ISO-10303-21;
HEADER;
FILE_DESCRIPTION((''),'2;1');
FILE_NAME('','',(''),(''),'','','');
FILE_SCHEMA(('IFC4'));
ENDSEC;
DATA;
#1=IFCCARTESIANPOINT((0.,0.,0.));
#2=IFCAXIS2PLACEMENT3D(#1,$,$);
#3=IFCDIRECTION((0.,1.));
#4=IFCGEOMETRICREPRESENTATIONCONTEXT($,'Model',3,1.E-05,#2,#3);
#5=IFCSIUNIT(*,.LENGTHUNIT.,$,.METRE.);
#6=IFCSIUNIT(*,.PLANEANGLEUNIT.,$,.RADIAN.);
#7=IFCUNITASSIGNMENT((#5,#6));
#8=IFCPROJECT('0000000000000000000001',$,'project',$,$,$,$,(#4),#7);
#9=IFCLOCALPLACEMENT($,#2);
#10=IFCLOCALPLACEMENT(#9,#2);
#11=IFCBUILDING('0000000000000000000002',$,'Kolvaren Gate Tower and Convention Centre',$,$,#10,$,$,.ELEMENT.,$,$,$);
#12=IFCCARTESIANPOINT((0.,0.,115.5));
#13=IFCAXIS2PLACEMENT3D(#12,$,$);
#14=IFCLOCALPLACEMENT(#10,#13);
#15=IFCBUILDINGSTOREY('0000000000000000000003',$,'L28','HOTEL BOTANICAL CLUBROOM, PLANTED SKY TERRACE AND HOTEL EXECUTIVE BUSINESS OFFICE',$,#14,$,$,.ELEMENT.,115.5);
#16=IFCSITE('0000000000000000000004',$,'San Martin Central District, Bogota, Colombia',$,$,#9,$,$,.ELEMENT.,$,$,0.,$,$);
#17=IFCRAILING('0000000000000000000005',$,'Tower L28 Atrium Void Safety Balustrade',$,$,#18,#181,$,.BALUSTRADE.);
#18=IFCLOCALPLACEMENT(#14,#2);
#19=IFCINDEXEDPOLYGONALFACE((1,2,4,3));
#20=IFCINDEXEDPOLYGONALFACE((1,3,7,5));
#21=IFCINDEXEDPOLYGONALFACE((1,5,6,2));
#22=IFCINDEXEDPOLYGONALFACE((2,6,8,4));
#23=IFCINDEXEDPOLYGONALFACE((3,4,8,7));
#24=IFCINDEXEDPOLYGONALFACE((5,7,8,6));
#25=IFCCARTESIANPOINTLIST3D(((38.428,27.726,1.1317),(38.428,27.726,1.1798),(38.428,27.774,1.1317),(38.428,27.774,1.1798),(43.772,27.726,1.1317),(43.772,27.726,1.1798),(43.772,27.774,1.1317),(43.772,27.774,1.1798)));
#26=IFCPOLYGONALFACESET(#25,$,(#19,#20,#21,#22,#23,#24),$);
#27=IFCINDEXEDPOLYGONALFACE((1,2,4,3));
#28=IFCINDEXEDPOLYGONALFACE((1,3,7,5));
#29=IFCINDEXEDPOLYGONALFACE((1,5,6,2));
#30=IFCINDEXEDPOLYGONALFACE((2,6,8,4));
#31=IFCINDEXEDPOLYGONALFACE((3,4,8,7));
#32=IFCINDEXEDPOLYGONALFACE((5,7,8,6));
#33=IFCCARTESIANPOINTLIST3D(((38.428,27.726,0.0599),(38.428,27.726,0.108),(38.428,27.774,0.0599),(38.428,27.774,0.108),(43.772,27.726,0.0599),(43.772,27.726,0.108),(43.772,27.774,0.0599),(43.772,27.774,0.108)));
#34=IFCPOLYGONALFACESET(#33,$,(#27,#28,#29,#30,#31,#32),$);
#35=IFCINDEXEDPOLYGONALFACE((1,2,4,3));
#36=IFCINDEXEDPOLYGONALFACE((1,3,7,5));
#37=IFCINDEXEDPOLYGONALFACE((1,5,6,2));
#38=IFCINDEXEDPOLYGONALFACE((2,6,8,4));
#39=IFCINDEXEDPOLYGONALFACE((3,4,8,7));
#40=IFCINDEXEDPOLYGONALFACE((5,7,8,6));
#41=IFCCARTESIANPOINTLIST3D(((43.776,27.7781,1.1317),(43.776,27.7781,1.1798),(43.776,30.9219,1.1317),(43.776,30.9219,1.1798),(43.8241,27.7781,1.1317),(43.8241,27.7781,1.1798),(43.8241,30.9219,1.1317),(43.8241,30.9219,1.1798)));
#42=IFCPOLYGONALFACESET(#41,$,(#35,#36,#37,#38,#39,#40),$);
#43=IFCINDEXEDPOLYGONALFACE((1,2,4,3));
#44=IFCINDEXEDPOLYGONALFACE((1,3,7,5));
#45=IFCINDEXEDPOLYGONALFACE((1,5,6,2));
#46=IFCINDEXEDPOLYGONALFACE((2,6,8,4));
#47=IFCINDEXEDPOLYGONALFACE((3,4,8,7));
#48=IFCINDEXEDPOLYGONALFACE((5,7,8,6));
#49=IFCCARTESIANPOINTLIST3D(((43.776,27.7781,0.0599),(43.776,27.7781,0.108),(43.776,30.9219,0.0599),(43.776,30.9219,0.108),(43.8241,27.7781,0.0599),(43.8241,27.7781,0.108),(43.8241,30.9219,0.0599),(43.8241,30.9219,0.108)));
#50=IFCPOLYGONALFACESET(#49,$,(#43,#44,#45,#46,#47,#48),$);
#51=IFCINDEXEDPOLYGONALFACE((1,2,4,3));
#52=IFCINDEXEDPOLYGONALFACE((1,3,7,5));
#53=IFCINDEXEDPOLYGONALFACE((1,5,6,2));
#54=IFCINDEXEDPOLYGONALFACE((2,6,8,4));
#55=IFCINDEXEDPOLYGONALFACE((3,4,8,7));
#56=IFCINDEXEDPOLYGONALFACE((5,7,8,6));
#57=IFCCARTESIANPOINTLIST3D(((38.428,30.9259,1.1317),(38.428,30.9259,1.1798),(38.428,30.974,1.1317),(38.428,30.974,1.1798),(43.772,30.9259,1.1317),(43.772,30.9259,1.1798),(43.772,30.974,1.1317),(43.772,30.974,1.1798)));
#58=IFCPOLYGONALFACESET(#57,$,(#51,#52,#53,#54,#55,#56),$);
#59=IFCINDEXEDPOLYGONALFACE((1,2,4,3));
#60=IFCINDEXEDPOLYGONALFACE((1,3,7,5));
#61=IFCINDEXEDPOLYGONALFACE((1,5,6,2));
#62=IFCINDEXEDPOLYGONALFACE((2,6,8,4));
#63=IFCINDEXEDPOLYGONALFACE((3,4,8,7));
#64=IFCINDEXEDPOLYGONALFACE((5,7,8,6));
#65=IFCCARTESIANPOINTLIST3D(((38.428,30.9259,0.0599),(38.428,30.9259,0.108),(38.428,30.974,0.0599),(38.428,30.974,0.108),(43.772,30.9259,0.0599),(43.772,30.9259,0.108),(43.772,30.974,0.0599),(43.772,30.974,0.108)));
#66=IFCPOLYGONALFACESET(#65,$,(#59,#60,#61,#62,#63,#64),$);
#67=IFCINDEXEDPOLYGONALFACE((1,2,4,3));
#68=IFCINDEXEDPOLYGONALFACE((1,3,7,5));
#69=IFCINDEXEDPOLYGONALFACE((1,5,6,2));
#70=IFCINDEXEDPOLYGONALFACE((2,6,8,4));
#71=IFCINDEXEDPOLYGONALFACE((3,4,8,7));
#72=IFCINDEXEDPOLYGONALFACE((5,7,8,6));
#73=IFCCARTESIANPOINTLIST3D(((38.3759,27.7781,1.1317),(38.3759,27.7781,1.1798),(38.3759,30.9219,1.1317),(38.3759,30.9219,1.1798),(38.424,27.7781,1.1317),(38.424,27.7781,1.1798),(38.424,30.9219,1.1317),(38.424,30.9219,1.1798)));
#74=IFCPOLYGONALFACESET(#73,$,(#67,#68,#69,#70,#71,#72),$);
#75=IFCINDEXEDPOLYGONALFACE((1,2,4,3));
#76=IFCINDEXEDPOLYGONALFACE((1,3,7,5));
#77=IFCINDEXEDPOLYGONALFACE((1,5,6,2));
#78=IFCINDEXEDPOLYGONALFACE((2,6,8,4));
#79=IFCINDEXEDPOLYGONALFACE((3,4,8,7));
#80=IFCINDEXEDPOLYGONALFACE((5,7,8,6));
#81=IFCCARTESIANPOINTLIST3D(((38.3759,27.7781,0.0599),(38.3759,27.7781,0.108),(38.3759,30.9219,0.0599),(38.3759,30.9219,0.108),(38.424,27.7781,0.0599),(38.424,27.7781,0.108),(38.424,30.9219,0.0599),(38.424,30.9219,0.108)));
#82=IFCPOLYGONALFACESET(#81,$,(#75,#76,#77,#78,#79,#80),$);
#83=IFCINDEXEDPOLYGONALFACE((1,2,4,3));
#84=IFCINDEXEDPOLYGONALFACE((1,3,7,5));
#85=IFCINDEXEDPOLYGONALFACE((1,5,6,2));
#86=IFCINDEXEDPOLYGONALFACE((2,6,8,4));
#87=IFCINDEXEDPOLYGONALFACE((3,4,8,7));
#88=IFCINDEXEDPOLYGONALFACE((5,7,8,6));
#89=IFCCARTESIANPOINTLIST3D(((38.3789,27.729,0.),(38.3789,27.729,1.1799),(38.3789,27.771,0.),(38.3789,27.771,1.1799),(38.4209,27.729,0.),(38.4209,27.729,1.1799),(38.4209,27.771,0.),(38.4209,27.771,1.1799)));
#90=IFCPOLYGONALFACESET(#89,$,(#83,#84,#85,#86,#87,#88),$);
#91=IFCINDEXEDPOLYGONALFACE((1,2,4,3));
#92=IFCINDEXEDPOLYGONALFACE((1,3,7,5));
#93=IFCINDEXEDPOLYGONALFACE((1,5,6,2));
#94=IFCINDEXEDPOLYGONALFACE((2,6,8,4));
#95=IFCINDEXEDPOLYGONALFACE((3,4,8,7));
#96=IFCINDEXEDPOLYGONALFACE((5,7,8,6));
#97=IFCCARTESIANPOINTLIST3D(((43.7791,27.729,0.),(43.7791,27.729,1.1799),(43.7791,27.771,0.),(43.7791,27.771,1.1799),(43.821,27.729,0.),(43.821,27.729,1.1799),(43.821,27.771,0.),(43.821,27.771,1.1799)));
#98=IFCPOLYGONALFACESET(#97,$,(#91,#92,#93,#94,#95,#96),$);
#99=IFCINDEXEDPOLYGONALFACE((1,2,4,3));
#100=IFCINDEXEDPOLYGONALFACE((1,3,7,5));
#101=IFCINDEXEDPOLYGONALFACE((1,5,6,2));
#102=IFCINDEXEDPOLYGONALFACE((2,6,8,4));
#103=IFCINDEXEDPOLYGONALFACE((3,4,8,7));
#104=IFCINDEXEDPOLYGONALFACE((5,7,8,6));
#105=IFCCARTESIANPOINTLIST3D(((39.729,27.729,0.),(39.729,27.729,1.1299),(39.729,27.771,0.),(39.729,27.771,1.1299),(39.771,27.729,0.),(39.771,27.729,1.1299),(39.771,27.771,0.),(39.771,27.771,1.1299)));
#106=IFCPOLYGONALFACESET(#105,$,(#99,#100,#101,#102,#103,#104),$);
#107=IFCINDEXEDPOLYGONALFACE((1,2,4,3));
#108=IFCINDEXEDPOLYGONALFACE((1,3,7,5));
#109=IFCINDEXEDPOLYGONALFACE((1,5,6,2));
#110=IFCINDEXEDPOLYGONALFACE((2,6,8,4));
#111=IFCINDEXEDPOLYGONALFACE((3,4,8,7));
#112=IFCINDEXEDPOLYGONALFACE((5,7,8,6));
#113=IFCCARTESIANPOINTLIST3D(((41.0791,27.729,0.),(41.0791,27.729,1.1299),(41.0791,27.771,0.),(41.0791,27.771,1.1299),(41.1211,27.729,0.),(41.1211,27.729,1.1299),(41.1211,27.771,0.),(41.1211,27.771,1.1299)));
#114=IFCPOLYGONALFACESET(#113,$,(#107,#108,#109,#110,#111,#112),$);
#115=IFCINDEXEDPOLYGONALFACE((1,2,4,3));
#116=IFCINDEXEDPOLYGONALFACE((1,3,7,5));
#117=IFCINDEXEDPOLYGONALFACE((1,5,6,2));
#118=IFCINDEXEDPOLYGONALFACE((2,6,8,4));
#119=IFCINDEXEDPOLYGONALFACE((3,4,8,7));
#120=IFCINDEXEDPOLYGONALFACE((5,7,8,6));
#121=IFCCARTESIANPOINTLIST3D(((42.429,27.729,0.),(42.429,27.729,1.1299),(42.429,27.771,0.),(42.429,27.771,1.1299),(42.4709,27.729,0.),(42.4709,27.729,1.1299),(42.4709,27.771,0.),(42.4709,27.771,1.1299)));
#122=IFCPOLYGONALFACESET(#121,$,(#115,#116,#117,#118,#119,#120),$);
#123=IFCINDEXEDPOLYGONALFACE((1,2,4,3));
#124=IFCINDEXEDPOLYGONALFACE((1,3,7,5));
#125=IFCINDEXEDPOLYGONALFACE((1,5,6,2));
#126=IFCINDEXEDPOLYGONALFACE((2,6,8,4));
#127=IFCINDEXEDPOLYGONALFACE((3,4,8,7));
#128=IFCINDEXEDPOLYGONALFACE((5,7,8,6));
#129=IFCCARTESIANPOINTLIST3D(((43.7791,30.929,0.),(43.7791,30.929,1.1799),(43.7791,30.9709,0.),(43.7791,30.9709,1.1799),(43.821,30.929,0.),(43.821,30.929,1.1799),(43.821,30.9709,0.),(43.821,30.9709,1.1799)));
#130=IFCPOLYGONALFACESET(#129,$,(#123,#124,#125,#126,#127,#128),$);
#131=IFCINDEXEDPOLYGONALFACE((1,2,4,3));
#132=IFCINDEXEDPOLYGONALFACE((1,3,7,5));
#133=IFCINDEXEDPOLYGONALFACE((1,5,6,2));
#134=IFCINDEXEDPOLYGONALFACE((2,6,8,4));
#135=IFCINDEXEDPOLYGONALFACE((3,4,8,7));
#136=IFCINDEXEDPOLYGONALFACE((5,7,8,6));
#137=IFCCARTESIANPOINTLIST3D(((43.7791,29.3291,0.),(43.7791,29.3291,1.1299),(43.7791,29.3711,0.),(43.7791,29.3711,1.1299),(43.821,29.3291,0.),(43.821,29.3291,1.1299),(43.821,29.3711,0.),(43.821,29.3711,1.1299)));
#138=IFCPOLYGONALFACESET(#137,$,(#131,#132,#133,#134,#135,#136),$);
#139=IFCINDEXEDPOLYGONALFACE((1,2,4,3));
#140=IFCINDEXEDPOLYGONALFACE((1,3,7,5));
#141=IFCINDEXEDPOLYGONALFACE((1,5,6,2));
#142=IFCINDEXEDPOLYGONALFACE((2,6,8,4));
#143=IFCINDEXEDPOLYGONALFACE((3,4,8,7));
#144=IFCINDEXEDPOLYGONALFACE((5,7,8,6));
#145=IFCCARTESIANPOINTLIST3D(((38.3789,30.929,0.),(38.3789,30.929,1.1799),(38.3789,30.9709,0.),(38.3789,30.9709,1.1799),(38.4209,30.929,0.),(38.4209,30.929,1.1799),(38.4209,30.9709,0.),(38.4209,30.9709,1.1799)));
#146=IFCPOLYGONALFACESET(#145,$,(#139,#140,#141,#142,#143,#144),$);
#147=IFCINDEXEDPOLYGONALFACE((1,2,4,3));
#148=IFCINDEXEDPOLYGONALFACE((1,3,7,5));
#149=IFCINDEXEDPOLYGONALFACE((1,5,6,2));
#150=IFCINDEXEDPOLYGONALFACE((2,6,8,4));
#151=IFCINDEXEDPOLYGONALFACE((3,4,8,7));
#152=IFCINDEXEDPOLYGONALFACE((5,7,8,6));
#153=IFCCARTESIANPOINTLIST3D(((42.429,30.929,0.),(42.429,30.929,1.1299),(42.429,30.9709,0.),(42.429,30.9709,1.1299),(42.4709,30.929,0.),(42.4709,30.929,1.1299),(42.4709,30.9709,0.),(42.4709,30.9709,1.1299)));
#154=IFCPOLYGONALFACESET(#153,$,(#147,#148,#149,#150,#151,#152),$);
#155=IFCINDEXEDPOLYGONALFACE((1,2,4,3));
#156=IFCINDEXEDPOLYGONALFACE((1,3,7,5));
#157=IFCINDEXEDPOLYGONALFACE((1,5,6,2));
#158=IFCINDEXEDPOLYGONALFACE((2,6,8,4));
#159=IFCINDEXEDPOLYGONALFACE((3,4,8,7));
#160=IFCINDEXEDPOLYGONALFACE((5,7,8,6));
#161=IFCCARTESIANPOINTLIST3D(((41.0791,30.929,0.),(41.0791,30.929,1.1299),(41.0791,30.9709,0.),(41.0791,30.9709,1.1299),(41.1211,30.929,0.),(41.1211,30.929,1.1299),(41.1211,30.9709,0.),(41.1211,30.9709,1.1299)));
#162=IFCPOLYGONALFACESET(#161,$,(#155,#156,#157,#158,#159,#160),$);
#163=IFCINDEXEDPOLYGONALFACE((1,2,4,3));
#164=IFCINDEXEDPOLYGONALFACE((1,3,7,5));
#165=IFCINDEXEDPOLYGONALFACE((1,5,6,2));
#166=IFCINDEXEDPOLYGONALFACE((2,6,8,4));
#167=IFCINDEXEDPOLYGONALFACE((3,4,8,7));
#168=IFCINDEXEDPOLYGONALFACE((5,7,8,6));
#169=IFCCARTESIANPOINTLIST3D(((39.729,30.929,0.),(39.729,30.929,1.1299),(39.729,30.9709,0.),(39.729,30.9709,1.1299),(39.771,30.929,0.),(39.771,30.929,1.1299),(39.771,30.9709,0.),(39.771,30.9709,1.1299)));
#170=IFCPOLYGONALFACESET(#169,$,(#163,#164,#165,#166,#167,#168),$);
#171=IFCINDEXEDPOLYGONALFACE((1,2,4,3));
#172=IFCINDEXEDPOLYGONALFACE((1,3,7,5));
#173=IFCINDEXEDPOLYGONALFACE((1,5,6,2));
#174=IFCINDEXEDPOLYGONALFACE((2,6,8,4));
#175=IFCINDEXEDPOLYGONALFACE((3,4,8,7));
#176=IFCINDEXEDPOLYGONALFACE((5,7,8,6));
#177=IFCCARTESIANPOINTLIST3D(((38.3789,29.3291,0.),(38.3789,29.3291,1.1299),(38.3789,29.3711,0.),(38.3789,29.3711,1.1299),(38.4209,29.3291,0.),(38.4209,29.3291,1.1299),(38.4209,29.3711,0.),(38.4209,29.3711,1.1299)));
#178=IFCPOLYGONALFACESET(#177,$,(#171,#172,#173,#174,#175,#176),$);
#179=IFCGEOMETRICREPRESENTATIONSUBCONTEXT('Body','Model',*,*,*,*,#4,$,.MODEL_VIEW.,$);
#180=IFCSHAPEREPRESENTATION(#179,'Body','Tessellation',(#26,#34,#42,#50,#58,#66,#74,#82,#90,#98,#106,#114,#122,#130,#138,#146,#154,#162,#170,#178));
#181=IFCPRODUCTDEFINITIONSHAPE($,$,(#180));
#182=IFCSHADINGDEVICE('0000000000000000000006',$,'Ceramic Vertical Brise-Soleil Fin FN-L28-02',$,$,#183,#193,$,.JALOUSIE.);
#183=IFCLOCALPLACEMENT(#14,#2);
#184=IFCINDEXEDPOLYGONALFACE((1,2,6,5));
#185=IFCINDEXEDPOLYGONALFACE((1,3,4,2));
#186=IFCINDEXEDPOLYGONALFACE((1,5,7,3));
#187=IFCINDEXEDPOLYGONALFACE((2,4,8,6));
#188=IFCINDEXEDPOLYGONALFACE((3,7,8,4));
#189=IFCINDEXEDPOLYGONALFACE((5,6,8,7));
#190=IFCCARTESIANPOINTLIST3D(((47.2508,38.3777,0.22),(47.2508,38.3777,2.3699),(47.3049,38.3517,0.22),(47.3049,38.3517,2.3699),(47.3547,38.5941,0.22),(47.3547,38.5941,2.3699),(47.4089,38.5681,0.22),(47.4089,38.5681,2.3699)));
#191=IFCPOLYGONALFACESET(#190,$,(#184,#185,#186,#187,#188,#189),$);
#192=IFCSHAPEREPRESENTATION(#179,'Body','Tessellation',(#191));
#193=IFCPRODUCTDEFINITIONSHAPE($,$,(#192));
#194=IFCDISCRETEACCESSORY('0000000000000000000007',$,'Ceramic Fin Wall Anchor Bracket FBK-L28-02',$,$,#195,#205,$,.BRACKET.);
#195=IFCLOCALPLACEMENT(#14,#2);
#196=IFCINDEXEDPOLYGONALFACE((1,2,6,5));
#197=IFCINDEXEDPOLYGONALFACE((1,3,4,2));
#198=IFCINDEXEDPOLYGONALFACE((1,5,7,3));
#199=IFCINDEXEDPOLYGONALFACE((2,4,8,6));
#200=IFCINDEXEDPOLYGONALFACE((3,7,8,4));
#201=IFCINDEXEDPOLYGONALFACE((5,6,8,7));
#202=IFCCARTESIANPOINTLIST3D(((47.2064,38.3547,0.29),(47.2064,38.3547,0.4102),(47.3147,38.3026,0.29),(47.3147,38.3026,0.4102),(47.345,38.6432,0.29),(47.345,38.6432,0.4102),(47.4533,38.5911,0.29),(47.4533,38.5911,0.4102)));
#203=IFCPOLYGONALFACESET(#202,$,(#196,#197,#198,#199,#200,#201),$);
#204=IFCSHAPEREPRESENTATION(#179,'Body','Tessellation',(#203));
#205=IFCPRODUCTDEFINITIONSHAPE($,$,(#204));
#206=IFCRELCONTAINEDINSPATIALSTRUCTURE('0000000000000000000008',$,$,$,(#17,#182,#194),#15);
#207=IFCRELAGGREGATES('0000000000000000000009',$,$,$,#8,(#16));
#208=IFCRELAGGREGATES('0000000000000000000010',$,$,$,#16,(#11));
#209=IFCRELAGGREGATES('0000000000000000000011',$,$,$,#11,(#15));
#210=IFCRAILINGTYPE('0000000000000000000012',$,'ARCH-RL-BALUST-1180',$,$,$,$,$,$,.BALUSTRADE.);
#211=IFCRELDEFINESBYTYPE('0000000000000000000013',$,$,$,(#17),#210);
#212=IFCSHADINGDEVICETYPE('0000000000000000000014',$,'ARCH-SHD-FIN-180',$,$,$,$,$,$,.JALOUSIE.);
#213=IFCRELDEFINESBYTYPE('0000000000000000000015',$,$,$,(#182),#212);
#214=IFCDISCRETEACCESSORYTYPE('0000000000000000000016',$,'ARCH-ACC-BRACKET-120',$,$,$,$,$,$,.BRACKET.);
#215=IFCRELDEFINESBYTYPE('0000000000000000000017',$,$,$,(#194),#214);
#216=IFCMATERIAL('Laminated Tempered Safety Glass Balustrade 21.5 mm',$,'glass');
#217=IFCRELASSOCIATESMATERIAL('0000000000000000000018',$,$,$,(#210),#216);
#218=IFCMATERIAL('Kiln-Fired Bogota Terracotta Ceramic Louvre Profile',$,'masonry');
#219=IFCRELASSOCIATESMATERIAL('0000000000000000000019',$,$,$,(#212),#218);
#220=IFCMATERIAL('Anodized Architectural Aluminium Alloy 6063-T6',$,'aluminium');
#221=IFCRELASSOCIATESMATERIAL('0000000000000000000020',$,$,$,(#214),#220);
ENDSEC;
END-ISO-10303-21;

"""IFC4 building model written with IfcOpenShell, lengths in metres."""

from ifc_helpers import new_model, si_unit, direction, frame, origin, origin_2d, place, context, subcontext, project, spatial, rectangle, extrude, material, type_object, element, save


model = new_model("IFC4")

# Units and contexts
model_context = context("Model", 3, precision=1e-05, world=origin(), true_north=direction((0.0, 1.0)))
body_context = subcontext(model_context, "Body", "Model", "MODEL_VIEW")
ifc_project = project(units=[si_unit("LENGTHUNIT", "METRE"), si_unit("PLANEANGLEUNIT", "RADIAN")], contexts=[model_context])

# Site, building, storey
site_placement = place(None, origin())
site = spatial("IfcSite", under=ifc_project, at=site_placement, Name="San Martin Central District, Bogota, Colombia", CompositionType="ELEMENT", RefElevation=0.0)
building_placement = place(site_placement, origin())
building = spatial("IfcBuilding", under=site, at=building_placement, Name="Kolvaren Gate Tower and Convention Centre", CompositionType="ELEMENT")
storey_placement = place(building_placement, frame((0.0, 0.0, 115.5)))
storey = spatial("IfcBuildingStorey", under=building, at=storey_placement, Name="L28", Description="HOTEL BOTANICAL CLUBROOM, PLANTED SKY TERRACE AND HOTEL EXECUTIVE BUSINESS OFFICE", CompositionType="ELEMENT", Elevation=115.5)

# Shared definitions
ifc_material_1 = material(Name="Anodized Architectural Aluminium Alloy 6063-T6", Category="aluminium")

# Railing
ifc_material_2 = material(Name="Laminated Tempered Safety Glass Balustrade 21.5 mm", Category="glass")
railing_type_1 = type_object("IfcRailingType", Name="ARCH-RL-BALUST-1180", PredefinedType="BALUSTRADE", material=ifc_material_2)
railing_1_placement = place(storey_placement, frame((38.3999, 27.75, 0.0)))
element("IfcRailing", 1, at=railing_1_placement, inside=storey, type_object=railing_type_1, Name="Tower L28 Atrium Void Safety Balustrade", PredefinedType="BALUSTRADE", context=body_context, shape_type="SweptSolid", body=[
    extrude(rectangle(XDim=0.0481, YDim=0.0481, at=origin_2d()), frame((0.0281, 0.0, 1.1558), z_axis=(1.0, 0.0, 0.0), x_axis=(0.0, 1.0, 0.0)), (0.0, 0.0, 1.0), 5.344),
    extrude(rectangle(XDim=0.0481, YDim=0.0481, at=origin_2d()), frame((0.0281, 0.0, 0.084), z_axis=(1.0, 0.0, 0.0), x_axis=(0.0, 1.0, 0.0)), (0.0, 0.0, 1.0), 5.344),
    extrude(rectangle(XDim=0.0481, YDim=0.0481, at=origin_2d()), frame((5.4001, 0.0281, 1.1558), z_axis=(0.0, 1.0, 0.0), x_axis=(-1.0, 0.0, 0.0)), (0.0, 0.0, 1.0), 3.1438),
    extrude(rectangle(XDim=0.0481, YDim=0.0481, at=origin_2d()), frame((5.4001, 0.0281, 0.084), z_axis=(0.0, 1.0, 0.0), x_axis=(-1.0, 0.0, 0.0)), (0.0, 0.0, 1.0), 3.1438),
    extrude(rectangle(XDim=0.0481, YDim=0.0481, at=origin_2d()), frame((5.3721, 3.2, 1.1558), z_axis=(-1.0, 0.0, 0.0), x_axis=(0.0, -1.0, 0.0)), (0.0, 0.0, 1.0), 5.344),
    extrude(rectangle(XDim=0.0481, YDim=0.0481, at=origin_2d()), frame((5.3721, 3.2, 0.084), z_axis=(-1.0, 0.0, 0.0), x_axis=(0.0, -1.0, 0.0)), (0.0, 0.0, 1.0), 5.344),
    extrude(rectangle(XDim=0.0481, YDim=0.0481, at=origin_2d()), frame((0.0, 3.1719, 1.1558), z_axis=(0.0, -1.0, 0.0), x_axis=(1.0, 0.0, 0.0)), (0.0, 0.0, 1.0), 3.1438),
    extrude(rectangle(XDim=0.0481, YDim=0.0481, at=origin_2d()), frame((0.0, 3.1719, 0.084), z_axis=(0.0, -1.0, 0.0), x_axis=(1.0, 0.0, 0.0)), (0.0, 0.0, 1.0), 3.1438),
    extrude(rectangle(XDim=0.042, YDim=0.042, at=origin_2d()), origin(), (0.0, 0.0, 1.0), 1.1799),
    extrude(rectangle(XDim=0.042, YDim=0.042, at=origin_2d()), frame((5.4001, 0.0, 0.0)), (0.0, 0.0, 1.0), 1.1799),
    extrude(rectangle(XDim=0.042, YDim=0.042, at=origin_2d()), frame((1.3501, 0.0, 0.0)), (0.0, 0.0, 1.0), 1.1299),
    extrude(rectangle(XDim=0.042, YDim=0.042, at=origin_2d()), frame((2.7002, 0.0, 0.0)), (0.0, 0.0, 1.0), 1.1299),
    extrude(rectangle(XDim=0.042, YDim=0.042, at=origin_2d()), frame((4.05, 0.0, 0.0)), (0.0, 0.0, 1.0), 1.1299),
    extrude(rectangle(XDim=0.042, YDim=0.042, at=origin_2d()), frame((5.4001, 3.2, 0.0)), (0.0, 0.0, 1.0), 1.1799),
    extrude(rectangle(XDim=0.042, YDim=0.042, at=origin_2d()), frame((5.4001, 1.6001, 0.0)), (0.0, 0.0, 1.0), 1.1299),
    extrude(rectangle(XDim=0.042, YDim=0.042, at=origin_2d()), frame((0.0, 3.2, 0.0)), (0.0, 0.0, 1.0), 1.1799),
    extrude(rectangle(XDim=0.042, YDim=0.042, at=origin_2d()), frame((4.05, 3.2, 0.0)), (0.0, 0.0, 1.0), 1.1299),
    extrude(rectangle(XDim=0.042, YDim=0.042, at=origin_2d()), frame((2.7002, 3.2, 0.0)), (0.0, 0.0, 1.0), 1.1299),
    extrude(rectangle(XDim=0.042, YDim=0.042, at=origin_2d()), frame((1.3501, 3.2, 0.0)), (0.0, 0.0, 1.0), 1.1299),
    extrude(rectangle(XDim=0.042, YDim=0.042, at=origin_2d()), frame((0.0, 1.6001, 0.0)), (0.0, 0.0, 1.0), 1.1299),
])

# Shading device
ifc_material_3 = material(Name="Kiln-Fired Bogota Terracotta Ceramic Louvre Profile", Category="masonry")
shading_device_type = type_object("IfcShadingDeviceType", Name="ARCH-SHD-FIN-180", PredefinedType="JALOUSIE", material=ifc_material_3)
shading_device_placement = place(storey_placement, frame((47.3298, 38.4729, 0.22), z_axis=(0.0, 0.0, 1.0), x_axis=(0.901363, -0.433065, 0.0)))
element("IfcShadingDevice", 2, at=shading_device_placement, inside=storey, type_object=shading_device_type, Name="Ceramic Vertical Brise-Soleil Fin FN-L28-02", PredefinedType="JALOUSIE", context=body_context, shape_type="SweptSolid", body=[
    extrude(rectangle(XDim=0.0601, YDim=0.24, at=origin_2d()), origin(), (0.0, 0.0, 1.0), 2.1499),
])

# Discrete accessory
discrete_accessory_type = type_object("IfcDiscreteAccessoryType", Name="ARCH-ACC-BRACKET-120", PredefinedType="BRACKET", material=ifc_material_1)
discrete_accessory_placement = place(storey_placement, frame((47.3298, 38.4729, 0.29), z_axis=(0.0, 0.0, 1.0), x_axis=(0.901363, -0.433065, 0.0)))
element("IfcDiscreteAccessory", 3, at=discrete_accessory_placement, inside=storey, type_object=discrete_accessory_type, Name="Ceramic Fin Wall Anchor Bracket FBK-L28-02", PredefinedType="BRACKET", context=body_context, shape_type="SweptSolid", body=[
    extrude(rectangle(XDim=0.1201, YDim=0.3201, at=origin_2d()), origin(), (0.0, 0.0, 1.0), 0.1201),
])

save(model, "model.ifc")
